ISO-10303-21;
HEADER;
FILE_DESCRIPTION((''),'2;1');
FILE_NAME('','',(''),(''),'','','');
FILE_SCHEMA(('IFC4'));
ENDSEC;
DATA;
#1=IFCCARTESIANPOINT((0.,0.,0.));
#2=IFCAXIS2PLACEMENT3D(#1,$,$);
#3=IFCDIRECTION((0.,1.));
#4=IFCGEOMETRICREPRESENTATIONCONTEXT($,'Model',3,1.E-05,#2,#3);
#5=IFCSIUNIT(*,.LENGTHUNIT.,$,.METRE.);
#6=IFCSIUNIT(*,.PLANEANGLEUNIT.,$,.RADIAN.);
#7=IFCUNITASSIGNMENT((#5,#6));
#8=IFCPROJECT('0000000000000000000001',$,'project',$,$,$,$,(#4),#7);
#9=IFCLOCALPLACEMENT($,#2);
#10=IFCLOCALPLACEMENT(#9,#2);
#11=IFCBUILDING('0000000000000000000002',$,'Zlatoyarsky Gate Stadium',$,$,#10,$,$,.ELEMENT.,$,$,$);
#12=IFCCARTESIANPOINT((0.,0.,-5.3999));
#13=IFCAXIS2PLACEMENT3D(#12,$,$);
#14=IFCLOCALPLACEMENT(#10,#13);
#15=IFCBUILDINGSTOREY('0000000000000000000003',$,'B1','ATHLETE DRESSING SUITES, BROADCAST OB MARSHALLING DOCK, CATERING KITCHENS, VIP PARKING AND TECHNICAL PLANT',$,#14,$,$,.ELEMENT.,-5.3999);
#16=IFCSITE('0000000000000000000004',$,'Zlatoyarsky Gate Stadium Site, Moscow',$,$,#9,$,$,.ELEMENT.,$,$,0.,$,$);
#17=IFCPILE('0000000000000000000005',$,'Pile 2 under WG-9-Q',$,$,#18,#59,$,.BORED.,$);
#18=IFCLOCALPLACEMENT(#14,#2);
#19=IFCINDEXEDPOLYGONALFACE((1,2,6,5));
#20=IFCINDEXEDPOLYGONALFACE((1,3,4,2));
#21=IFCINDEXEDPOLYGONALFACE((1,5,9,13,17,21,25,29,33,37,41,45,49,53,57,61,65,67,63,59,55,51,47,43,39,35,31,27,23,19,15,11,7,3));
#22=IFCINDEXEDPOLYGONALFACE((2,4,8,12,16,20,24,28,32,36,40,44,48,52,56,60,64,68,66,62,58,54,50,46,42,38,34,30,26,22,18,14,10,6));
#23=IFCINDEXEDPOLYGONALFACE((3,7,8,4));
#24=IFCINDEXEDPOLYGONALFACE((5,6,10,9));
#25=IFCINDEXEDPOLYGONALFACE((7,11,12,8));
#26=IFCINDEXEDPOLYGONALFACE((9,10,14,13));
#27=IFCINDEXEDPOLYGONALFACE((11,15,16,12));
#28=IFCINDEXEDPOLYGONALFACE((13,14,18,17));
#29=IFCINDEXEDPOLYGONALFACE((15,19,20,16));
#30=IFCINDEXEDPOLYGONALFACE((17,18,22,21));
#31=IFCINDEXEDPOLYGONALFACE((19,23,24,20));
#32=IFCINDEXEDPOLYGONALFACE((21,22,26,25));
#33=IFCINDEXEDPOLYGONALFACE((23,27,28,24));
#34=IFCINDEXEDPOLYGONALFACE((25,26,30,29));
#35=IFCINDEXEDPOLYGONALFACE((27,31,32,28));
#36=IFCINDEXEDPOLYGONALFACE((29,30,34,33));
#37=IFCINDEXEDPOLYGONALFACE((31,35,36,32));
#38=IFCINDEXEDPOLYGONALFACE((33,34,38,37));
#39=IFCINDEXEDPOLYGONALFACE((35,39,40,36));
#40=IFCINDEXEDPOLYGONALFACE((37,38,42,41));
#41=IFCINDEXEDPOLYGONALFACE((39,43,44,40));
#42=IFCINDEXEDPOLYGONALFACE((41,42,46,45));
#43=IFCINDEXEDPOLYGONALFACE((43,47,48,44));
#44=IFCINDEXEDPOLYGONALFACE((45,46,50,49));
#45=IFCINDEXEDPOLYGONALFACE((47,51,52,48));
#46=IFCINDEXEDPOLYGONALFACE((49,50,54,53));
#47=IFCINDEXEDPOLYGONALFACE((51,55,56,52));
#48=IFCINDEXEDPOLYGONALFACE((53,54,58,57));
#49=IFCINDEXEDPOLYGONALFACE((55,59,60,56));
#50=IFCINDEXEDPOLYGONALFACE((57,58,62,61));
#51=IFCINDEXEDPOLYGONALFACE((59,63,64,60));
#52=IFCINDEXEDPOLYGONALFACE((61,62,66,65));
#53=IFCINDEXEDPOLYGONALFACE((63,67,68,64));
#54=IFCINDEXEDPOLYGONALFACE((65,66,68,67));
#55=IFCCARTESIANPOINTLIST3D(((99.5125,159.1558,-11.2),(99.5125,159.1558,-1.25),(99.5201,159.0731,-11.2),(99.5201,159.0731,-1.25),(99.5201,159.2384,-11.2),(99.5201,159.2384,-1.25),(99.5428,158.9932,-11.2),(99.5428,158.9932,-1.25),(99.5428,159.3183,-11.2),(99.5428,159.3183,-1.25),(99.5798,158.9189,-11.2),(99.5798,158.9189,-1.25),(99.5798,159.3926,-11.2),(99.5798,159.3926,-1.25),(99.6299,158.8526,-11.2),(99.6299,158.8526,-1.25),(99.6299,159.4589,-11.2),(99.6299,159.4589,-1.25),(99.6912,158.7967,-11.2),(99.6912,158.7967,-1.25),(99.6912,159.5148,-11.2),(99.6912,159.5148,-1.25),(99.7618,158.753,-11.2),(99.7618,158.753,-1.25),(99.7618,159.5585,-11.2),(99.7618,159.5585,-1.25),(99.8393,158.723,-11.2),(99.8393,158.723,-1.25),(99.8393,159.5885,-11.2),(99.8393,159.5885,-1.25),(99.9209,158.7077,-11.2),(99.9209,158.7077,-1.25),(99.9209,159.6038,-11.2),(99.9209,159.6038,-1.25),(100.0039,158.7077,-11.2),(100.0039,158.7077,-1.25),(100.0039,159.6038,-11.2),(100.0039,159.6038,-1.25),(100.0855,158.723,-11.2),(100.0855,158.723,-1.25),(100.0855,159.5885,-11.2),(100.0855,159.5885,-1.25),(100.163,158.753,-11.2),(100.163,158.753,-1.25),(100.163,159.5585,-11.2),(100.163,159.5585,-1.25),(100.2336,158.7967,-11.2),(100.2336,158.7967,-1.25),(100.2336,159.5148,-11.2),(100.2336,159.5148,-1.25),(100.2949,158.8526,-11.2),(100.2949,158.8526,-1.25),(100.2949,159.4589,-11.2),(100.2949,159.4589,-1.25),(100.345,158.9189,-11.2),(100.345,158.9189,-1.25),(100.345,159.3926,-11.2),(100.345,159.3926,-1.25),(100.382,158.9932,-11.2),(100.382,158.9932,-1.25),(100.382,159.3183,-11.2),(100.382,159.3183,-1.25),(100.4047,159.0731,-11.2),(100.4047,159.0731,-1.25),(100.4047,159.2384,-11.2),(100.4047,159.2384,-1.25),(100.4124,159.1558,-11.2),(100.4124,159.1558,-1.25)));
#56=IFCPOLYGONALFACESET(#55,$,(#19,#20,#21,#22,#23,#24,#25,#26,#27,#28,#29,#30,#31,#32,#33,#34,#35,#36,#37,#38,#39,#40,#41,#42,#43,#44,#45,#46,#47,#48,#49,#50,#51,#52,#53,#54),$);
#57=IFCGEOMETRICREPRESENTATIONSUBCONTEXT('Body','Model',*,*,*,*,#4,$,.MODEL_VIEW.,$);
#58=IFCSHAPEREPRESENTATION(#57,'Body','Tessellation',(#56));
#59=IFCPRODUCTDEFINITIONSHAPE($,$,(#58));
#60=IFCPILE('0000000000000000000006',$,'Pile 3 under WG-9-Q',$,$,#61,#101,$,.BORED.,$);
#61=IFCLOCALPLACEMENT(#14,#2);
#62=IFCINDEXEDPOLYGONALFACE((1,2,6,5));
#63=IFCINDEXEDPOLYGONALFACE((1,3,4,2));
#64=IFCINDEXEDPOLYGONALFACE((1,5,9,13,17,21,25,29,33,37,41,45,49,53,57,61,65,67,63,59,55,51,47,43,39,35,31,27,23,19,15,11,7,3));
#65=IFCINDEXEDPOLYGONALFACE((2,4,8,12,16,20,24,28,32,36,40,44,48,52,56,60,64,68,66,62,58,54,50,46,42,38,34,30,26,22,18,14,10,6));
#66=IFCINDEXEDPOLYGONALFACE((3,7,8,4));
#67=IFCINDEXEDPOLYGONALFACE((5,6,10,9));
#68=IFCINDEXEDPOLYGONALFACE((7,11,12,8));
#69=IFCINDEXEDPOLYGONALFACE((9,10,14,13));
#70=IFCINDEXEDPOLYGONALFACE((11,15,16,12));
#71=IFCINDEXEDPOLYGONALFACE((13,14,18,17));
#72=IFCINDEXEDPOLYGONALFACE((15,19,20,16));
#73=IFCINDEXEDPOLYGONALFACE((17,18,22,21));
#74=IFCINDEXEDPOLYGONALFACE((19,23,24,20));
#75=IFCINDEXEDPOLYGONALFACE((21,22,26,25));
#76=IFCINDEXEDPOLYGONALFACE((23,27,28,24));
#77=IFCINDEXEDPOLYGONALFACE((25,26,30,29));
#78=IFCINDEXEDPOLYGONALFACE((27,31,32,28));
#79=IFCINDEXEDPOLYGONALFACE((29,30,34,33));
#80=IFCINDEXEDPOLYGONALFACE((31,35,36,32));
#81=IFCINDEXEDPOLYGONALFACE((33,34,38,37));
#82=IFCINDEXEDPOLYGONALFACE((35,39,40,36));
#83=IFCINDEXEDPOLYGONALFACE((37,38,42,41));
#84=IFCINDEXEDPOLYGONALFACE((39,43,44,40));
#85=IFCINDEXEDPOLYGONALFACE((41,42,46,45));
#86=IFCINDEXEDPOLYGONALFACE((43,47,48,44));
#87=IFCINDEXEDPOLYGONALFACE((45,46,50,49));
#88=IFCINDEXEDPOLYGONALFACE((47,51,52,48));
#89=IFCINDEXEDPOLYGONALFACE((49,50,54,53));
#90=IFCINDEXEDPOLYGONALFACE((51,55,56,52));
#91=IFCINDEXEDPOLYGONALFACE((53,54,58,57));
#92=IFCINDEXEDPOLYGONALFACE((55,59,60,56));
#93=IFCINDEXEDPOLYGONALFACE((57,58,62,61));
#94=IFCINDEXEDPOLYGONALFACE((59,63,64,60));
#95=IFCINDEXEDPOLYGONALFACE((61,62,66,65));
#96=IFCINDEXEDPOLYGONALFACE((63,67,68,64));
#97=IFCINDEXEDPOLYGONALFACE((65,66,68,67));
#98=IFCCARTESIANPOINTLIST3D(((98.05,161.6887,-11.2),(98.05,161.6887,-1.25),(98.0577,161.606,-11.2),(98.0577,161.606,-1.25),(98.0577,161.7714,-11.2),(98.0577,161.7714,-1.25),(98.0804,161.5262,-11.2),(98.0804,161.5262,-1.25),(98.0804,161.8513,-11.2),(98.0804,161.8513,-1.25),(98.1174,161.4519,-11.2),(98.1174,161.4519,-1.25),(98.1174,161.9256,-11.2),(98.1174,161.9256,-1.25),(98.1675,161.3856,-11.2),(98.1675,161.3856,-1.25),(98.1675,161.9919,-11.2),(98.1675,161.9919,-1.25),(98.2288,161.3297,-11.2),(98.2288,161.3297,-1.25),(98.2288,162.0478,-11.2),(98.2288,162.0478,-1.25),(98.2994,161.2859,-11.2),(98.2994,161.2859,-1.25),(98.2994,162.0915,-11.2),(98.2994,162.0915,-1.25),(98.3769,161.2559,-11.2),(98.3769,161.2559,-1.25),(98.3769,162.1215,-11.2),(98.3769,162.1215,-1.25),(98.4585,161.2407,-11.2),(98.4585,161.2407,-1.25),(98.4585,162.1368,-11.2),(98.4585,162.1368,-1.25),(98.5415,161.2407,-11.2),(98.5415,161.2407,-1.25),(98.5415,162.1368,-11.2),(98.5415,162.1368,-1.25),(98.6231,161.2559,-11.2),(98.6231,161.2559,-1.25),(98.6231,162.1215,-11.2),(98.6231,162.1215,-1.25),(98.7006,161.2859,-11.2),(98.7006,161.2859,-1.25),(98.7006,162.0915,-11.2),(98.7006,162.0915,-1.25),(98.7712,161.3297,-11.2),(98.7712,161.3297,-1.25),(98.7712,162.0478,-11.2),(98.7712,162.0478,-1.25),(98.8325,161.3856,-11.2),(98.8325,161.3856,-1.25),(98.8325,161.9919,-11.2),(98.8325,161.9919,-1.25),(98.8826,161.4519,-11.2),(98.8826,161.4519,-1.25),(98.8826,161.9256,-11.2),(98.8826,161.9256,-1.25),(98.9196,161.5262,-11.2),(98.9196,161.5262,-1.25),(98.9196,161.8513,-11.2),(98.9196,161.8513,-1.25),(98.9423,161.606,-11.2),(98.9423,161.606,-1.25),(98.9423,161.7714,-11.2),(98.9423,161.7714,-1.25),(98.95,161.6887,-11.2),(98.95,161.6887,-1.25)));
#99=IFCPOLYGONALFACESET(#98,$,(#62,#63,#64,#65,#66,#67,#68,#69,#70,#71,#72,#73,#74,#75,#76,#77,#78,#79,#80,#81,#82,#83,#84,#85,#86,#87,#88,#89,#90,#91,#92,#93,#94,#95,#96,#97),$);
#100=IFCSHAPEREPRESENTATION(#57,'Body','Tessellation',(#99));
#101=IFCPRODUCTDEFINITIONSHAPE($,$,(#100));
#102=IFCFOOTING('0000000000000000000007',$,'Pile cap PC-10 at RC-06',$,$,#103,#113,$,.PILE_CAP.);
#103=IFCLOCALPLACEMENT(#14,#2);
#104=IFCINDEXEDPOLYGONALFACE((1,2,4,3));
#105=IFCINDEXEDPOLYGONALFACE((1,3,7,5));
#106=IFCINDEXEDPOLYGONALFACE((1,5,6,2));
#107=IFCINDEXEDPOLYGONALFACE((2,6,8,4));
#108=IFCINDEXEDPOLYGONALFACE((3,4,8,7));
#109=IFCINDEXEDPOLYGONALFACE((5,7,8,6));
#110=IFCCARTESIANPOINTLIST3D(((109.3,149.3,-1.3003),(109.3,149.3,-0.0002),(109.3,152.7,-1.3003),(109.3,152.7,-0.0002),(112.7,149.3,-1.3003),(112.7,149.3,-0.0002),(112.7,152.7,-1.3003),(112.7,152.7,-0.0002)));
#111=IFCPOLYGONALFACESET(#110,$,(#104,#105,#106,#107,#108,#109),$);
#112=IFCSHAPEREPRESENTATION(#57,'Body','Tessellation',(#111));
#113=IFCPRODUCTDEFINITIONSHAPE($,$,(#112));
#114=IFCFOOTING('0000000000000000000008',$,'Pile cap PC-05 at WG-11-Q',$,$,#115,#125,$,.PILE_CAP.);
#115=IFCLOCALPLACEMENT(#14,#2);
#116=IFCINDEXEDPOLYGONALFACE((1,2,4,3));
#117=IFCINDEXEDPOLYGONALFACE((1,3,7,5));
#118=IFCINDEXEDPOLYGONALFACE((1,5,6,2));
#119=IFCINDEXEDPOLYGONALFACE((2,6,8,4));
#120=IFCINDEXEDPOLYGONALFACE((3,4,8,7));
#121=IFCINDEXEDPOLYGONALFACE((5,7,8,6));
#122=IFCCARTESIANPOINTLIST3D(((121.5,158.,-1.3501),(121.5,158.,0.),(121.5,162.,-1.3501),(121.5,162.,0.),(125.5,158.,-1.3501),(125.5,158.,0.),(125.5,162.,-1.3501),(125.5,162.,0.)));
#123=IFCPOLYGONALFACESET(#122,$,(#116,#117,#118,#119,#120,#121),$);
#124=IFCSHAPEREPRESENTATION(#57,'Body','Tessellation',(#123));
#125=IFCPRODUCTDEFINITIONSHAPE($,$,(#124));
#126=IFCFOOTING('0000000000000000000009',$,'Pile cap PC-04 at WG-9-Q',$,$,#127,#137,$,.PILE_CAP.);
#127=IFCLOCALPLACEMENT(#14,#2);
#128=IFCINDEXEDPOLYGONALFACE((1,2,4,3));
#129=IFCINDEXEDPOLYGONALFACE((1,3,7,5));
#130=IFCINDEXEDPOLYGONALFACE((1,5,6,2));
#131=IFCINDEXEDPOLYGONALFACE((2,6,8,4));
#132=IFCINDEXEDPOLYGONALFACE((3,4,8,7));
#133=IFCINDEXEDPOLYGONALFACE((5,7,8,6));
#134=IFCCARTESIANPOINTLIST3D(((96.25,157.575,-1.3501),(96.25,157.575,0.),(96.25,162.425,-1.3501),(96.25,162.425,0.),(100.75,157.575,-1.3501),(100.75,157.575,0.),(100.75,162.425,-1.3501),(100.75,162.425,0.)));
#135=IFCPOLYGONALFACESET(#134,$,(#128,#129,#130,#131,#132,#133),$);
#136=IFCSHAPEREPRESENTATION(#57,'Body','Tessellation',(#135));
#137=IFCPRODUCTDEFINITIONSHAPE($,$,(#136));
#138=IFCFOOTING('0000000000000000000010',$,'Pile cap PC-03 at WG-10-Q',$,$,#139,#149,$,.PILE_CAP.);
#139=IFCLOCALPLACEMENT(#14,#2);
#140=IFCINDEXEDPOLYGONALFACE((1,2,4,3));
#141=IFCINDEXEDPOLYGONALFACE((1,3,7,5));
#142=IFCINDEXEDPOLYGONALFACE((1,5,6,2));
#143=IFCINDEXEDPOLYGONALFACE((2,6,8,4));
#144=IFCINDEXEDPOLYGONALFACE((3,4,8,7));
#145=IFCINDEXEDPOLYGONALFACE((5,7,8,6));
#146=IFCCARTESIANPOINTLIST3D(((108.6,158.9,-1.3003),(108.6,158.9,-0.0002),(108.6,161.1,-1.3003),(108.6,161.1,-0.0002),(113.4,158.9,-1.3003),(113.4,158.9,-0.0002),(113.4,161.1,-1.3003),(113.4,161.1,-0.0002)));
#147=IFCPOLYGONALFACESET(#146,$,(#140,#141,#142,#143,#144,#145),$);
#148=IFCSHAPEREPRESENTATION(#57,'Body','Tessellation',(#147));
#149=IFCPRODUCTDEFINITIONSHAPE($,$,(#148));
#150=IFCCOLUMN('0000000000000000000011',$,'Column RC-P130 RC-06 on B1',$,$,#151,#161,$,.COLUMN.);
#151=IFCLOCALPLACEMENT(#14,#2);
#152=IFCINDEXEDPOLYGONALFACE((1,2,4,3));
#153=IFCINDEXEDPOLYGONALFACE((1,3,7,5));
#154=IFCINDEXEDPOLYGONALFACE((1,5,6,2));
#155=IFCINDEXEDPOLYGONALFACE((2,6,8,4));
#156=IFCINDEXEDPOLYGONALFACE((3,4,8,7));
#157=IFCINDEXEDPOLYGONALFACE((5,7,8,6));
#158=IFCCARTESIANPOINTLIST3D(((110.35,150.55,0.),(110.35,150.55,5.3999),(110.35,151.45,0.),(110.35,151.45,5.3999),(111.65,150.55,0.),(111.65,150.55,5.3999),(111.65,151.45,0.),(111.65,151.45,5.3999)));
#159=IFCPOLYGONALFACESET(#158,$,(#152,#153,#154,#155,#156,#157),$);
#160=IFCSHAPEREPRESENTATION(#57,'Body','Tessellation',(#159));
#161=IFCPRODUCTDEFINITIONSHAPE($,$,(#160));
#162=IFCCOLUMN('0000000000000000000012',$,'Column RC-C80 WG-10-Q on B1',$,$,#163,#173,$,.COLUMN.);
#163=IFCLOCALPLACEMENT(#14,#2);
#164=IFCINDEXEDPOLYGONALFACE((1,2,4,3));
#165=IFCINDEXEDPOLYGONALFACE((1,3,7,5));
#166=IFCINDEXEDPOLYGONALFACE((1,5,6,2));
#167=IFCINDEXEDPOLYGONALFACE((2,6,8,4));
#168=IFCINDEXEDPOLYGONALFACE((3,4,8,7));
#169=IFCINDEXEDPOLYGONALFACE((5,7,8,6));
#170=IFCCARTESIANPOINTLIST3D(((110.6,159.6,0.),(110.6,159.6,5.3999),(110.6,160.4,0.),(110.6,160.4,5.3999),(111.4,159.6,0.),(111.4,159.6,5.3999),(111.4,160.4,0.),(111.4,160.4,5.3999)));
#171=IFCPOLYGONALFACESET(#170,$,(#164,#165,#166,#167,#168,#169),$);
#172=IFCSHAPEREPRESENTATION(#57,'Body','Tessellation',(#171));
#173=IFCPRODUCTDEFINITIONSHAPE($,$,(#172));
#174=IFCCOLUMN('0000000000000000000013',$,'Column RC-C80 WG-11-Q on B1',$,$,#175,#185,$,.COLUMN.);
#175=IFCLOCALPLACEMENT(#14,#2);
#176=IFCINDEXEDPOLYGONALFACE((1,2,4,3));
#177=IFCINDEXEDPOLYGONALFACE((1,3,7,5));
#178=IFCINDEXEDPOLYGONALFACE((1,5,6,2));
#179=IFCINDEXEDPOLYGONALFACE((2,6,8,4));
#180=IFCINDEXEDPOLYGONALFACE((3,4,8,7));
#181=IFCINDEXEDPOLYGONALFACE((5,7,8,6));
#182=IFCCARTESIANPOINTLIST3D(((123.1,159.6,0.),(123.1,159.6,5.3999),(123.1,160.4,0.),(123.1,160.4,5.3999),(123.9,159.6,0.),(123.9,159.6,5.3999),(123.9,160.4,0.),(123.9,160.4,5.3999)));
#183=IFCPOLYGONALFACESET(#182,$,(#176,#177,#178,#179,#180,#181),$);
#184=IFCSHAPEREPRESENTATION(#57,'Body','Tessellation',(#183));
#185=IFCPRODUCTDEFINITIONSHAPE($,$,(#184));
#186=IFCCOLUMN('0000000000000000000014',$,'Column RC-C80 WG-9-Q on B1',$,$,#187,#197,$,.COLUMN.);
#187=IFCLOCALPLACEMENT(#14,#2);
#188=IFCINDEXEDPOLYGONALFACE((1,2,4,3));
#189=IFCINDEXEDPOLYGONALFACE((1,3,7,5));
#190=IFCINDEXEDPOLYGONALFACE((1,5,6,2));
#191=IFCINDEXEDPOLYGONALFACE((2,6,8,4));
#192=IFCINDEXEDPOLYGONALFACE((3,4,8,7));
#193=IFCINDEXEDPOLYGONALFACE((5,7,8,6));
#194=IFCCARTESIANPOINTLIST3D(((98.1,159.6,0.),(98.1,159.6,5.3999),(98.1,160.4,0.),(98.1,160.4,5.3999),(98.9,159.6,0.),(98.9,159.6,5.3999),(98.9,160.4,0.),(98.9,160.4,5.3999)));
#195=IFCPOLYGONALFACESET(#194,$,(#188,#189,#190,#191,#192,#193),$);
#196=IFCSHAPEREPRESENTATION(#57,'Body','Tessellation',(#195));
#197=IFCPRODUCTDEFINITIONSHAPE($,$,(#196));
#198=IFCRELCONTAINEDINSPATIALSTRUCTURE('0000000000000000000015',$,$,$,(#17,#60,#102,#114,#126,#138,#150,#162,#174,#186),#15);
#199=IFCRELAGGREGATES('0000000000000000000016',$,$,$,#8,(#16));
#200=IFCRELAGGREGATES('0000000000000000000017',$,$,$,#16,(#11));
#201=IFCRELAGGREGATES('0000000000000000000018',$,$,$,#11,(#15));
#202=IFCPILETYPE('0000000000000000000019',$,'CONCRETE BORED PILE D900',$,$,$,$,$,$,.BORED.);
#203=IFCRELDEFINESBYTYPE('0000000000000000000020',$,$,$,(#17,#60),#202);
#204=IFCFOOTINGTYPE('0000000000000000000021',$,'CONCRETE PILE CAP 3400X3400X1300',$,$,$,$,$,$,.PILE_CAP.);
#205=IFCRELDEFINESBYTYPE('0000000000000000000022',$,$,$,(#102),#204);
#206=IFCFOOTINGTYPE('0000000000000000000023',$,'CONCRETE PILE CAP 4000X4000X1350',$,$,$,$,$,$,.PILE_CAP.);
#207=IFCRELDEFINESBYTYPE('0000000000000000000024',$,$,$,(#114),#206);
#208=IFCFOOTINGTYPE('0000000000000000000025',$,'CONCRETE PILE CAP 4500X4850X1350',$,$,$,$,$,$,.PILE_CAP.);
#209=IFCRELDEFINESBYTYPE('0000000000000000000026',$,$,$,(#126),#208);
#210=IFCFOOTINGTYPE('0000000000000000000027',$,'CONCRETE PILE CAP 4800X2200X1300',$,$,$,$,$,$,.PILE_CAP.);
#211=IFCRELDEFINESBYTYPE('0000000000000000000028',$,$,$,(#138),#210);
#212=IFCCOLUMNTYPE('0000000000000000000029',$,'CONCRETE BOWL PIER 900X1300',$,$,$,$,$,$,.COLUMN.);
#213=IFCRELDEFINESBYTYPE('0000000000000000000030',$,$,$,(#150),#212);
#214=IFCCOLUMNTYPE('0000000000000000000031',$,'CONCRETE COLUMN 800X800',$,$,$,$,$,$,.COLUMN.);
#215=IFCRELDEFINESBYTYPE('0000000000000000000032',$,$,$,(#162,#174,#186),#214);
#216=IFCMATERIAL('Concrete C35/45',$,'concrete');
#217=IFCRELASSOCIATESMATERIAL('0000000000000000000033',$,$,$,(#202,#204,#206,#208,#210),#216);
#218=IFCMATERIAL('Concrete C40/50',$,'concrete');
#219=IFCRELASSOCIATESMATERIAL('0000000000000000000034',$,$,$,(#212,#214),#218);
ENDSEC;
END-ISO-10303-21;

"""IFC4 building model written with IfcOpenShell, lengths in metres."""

from ifc_helpers import new_model, si_unit, direction, frame, origin, origin_2d, place, context, subcontext, project, spatial, rectangle, circle, extrude, material, material_profile, profile_set, type_object, element, save


model = new_model("IFC4")

# Units and contexts
model_context = context("Model", 3, precision=1e-05, world=origin(), true_north=direction((0.0, 1.0)))
body_context = subcontext(model_context, "Body", "Model", "MODEL_VIEW")
ifc_project = project(units=[si_unit("LENGTHUNIT", "METRE"), si_unit("PLANEANGLEUNIT", "RADIAN")], contexts=[model_context])

# Site, building, storey
site_placement = place(None, origin())
site = spatial("IfcSite", under=ifc_project, at=site_placement, Name="Zlatoyarsky Gate Stadium Site, Moscow", CompositionType="ELEMENT", RefElevation=0.0)
building_placement = place(site_placement, origin())
building = spatial("IfcBuilding", under=site, at=building_placement, Name="Zlatoyarsky Gate Stadium", CompositionType="ELEMENT")
storey_placement = place(building_placement, frame((0.0, 0.0, -5.3999)))
storey = spatial("IfcBuildingStorey", under=building, at=storey_placement, Name="B1", Description="ATHLETE DRESSING SUITES, BROADCAST OB MARSHALLING DOCK, CATERING KITCHENS, VIP PARKING AND TECHNICAL PLANT", CompositionType="ELEMENT", Elevation=-5.3999)

# Piles
ifc_material_1 = material(Name="Concrete C35/45", Category="concrete")
ifc_material_profile_1 = material_profile(ifc_material_1, circle(Radius=0.45, at=origin_2d()), Name="BORED PILE D900")
ifc_profile_set_1 = profile_set([ifc_material_profile_1], Name="Concrete C35/45")
pile_type_1 = type_object("IfcPileType", Name="CONCRETE BORED PILE D900", PredefinedType="BORED", material=ifc_profile_set_1)
for number, where, z_axis, x_axis, name in (
    (1, (99.9624, 159.1558, -1.25), (0.0, 0.0, -1.0), (1.0, 0.0, 0.0), "Pile 2 under WG-9-Q"),
    (2, (98.5, 161.6887, -1.25), (0.0, 0.0, -1.0), (1.0, 0.0, 0.0), "Pile 3 under WG-9-Q"),
):
    element("IfcPile", number, at=place(storey_placement, frame(where, z_axis=z_axis, x_axis=x_axis)), inside=storey, type_object=pile_type_1, Name=name, PredefinedType="BORED", context=body_context, shape_type="SweptSolid", body=[
        extrude(circle(Radius=0.45, at=origin_2d()), origin(), (0.0, 0.0, 1.0), 9.95),
    ])

# Footings
footing_type_1 = type_object("IfcFootingType", Name="CONCRETE PILE CAP 3400X3400X1300", PredefinedType="PILE_CAP", material=ifc_material_1)
footing_1_placement = place(storey_placement, frame((111.0, 151.0, -1.3003), z_axis=(0.0, 0.0, 1.0), x_axis=(0.0, 1.0, 0.0)))
element("IfcFooting", 3, at=footing_1_placement, inside=storey, type_object=footing_type_1, Name="Pile cap PC-10 at RC-06", PredefinedType="PILE_CAP", context=body_context, shape_type="SweptSolid", body=[
    extrude(rectangle(XDim=3.3999, YDim=3.3999, at=origin_2d()), origin(), (0.0, 0.0, 1.0), 1.3),
])
footing_type_2 = type_object("IfcFootingType", Name="CONCRETE PILE CAP 4000X4000X1350", PredefinedType="PILE_CAP", material=ifc_material_1)
footing_2_placement = place(storey_placement, frame((123.5, 160.0, -1.3501), z_axis=(0.0, 0.0, 1.0), x_axis=(1.0, 0.0, 0.0)))
element("IfcFooting", 4, at=footing_2_placement, inside=storey, type_object=footing_type_2, Name="Pile cap PC-05 at WG-11-Q", PredefinedType="PILE_CAP", context=body_context, shape_type="SweptSolid", body=[
    extrude(rectangle(XDim=4.0, YDim=4.0, at=origin_2d()), origin(), (0.0, 0.0, 1.0), 1.3501),
])
footing_type_3 = type_object("IfcFootingType", Name="CONCRETE PILE CAP 4500X4850X1350", PredefinedType="PILE_CAP", material=ifc_material_1)
footing_3_placement = place(storey_placement, frame((98.5, 160.0, -1.3501), z_axis=(0.0, 0.0, 1.0), x_axis=(1.0, 0.0, 0.0)))
element("IfcFooting", 5, at=footing_3_placement, inside=storey, type_object=footing_type_3, Name="Pile cap PC-04 at WG-9-Q", PredefinedType="PILE_CAP", context=body_context, shape_type="SweptSolid", body=[
    extrude(rectangle(XDim=4.5, YDim=4.8501, at=origin_2d()), origin(), (0.0, 0.0, 1.0), 1.3501),
])
footing_type_4 = type_object("IfcFootingType", Name="CONCRETE PILE CAP 4800X2200X1300", PredefinedType="PILE_CAP", material=ifc_material_1)
footing_4_placement = place(storey_placement, frame((111.0, 160.0, -1.3003), z_axis=(0.0, 0.0, 1.0), x_axis=(1.0, 0.0, 0.0)))
element("IfcFooting", 6, at=footing_4_placement, inside=storey, type_object=footing_type_4, Name="Pile cap PC-03 at WG-10-Q", PredefinedType="PILE_CAP", context=body_context, shape_type="SweptSolid", body=[
    extrude(rectangle(XDim=4.8, YDim=2.2, at=origin_2d()), origin(), (0.0, 0.0, 1.0), 1.3),
])

# Columns
ifc_material_2 = material(Name="Concrete C40/50", Category="concrete")
ifc_material_profile_2 = material_profile(ifc_material_2, rectangle(XDim=0.8999, YDim=1.3, at=origin_2d()), Name="RC PIER 900X1300")
ifc_profile_set_2 = profile_set([ifc_material_profile_2], Name="Concrete C40/50")
column_type_1 = type_object("IfcColumnType", Name="CONCRETE BOWL PIER 900X1300", PredefinedType="COLUMN", material=ifc_profile_set_2)
column_placement = place(storey_placement, frame((111.0, 151.0, 0.0), z_axis=(0.0, 0.0, 1.0), x_axis=(0.0, 1.0, 0.0)))
element("IfcColumn", 7, at=column_placement, inside=storey, type_object=column_type_1, Name="Column RC-P130 RC-06 on B1", PredefinedType="COLUMN", context=body_context, shape_type="SweptSolid", body=[
    extrude(rectangle(XDim=0.8999, YDim=1.3, at=origin_2d()), origin(), (0.0, 0.0, 1.0), 5.3999),
])
ifc_material_profile_3 = material_profile(ifc_material_2, rectangle(XDim=0.8, YDim=0.8, at=origin_2d()), Name="RC COL 800X800")
ifc_profile_set_3 = profile_set([ifc_material_profile_3], Name="Concrete C40/50")
column_type_2 = type_object("IfcColumnType", Name="CONCRETE COLUMN 800X800", PredefinedType="COLUMN", material=ifc_profile_set_3)
for number, where, z_axis, x_axis, name in (
    (8, (111.0, 160.0, 0.0), (0.0, 0.0, 1.0), (1.0, 0.0, 0.0), "Column RC-C80 WG-10-Q on B1"),
    (9, (123.5, 160.0, 0.0), (0.0, 0.0, 1.0), (1.0, 0.0, 0.0), "Column RC-C80 WG-11-Q on B1"),
    (10, (98.5, 160.0, 0.0), (0.0, 0.0, 1.0), (1.0, 0.0, 0.0), "Column RC-C80 WG-9-Q on B1"),
):
    element("IfcColumn", number, at=place(storey_placement, frame(where, z_axis=z_axis, x_axis=x_axis)), inside=storey, type_object=column_type_2, Name=name, PredefinedType="COLUMN", context=body_context, shape_type="SweptSolid", body=[
        extrude(rectangle(XDim=0.8, YDim=0.8, at=origin_2d()), origin(), (0.0, 0.0, 1.0), 5.3999),
    ])

save(model, "model.ifc")
